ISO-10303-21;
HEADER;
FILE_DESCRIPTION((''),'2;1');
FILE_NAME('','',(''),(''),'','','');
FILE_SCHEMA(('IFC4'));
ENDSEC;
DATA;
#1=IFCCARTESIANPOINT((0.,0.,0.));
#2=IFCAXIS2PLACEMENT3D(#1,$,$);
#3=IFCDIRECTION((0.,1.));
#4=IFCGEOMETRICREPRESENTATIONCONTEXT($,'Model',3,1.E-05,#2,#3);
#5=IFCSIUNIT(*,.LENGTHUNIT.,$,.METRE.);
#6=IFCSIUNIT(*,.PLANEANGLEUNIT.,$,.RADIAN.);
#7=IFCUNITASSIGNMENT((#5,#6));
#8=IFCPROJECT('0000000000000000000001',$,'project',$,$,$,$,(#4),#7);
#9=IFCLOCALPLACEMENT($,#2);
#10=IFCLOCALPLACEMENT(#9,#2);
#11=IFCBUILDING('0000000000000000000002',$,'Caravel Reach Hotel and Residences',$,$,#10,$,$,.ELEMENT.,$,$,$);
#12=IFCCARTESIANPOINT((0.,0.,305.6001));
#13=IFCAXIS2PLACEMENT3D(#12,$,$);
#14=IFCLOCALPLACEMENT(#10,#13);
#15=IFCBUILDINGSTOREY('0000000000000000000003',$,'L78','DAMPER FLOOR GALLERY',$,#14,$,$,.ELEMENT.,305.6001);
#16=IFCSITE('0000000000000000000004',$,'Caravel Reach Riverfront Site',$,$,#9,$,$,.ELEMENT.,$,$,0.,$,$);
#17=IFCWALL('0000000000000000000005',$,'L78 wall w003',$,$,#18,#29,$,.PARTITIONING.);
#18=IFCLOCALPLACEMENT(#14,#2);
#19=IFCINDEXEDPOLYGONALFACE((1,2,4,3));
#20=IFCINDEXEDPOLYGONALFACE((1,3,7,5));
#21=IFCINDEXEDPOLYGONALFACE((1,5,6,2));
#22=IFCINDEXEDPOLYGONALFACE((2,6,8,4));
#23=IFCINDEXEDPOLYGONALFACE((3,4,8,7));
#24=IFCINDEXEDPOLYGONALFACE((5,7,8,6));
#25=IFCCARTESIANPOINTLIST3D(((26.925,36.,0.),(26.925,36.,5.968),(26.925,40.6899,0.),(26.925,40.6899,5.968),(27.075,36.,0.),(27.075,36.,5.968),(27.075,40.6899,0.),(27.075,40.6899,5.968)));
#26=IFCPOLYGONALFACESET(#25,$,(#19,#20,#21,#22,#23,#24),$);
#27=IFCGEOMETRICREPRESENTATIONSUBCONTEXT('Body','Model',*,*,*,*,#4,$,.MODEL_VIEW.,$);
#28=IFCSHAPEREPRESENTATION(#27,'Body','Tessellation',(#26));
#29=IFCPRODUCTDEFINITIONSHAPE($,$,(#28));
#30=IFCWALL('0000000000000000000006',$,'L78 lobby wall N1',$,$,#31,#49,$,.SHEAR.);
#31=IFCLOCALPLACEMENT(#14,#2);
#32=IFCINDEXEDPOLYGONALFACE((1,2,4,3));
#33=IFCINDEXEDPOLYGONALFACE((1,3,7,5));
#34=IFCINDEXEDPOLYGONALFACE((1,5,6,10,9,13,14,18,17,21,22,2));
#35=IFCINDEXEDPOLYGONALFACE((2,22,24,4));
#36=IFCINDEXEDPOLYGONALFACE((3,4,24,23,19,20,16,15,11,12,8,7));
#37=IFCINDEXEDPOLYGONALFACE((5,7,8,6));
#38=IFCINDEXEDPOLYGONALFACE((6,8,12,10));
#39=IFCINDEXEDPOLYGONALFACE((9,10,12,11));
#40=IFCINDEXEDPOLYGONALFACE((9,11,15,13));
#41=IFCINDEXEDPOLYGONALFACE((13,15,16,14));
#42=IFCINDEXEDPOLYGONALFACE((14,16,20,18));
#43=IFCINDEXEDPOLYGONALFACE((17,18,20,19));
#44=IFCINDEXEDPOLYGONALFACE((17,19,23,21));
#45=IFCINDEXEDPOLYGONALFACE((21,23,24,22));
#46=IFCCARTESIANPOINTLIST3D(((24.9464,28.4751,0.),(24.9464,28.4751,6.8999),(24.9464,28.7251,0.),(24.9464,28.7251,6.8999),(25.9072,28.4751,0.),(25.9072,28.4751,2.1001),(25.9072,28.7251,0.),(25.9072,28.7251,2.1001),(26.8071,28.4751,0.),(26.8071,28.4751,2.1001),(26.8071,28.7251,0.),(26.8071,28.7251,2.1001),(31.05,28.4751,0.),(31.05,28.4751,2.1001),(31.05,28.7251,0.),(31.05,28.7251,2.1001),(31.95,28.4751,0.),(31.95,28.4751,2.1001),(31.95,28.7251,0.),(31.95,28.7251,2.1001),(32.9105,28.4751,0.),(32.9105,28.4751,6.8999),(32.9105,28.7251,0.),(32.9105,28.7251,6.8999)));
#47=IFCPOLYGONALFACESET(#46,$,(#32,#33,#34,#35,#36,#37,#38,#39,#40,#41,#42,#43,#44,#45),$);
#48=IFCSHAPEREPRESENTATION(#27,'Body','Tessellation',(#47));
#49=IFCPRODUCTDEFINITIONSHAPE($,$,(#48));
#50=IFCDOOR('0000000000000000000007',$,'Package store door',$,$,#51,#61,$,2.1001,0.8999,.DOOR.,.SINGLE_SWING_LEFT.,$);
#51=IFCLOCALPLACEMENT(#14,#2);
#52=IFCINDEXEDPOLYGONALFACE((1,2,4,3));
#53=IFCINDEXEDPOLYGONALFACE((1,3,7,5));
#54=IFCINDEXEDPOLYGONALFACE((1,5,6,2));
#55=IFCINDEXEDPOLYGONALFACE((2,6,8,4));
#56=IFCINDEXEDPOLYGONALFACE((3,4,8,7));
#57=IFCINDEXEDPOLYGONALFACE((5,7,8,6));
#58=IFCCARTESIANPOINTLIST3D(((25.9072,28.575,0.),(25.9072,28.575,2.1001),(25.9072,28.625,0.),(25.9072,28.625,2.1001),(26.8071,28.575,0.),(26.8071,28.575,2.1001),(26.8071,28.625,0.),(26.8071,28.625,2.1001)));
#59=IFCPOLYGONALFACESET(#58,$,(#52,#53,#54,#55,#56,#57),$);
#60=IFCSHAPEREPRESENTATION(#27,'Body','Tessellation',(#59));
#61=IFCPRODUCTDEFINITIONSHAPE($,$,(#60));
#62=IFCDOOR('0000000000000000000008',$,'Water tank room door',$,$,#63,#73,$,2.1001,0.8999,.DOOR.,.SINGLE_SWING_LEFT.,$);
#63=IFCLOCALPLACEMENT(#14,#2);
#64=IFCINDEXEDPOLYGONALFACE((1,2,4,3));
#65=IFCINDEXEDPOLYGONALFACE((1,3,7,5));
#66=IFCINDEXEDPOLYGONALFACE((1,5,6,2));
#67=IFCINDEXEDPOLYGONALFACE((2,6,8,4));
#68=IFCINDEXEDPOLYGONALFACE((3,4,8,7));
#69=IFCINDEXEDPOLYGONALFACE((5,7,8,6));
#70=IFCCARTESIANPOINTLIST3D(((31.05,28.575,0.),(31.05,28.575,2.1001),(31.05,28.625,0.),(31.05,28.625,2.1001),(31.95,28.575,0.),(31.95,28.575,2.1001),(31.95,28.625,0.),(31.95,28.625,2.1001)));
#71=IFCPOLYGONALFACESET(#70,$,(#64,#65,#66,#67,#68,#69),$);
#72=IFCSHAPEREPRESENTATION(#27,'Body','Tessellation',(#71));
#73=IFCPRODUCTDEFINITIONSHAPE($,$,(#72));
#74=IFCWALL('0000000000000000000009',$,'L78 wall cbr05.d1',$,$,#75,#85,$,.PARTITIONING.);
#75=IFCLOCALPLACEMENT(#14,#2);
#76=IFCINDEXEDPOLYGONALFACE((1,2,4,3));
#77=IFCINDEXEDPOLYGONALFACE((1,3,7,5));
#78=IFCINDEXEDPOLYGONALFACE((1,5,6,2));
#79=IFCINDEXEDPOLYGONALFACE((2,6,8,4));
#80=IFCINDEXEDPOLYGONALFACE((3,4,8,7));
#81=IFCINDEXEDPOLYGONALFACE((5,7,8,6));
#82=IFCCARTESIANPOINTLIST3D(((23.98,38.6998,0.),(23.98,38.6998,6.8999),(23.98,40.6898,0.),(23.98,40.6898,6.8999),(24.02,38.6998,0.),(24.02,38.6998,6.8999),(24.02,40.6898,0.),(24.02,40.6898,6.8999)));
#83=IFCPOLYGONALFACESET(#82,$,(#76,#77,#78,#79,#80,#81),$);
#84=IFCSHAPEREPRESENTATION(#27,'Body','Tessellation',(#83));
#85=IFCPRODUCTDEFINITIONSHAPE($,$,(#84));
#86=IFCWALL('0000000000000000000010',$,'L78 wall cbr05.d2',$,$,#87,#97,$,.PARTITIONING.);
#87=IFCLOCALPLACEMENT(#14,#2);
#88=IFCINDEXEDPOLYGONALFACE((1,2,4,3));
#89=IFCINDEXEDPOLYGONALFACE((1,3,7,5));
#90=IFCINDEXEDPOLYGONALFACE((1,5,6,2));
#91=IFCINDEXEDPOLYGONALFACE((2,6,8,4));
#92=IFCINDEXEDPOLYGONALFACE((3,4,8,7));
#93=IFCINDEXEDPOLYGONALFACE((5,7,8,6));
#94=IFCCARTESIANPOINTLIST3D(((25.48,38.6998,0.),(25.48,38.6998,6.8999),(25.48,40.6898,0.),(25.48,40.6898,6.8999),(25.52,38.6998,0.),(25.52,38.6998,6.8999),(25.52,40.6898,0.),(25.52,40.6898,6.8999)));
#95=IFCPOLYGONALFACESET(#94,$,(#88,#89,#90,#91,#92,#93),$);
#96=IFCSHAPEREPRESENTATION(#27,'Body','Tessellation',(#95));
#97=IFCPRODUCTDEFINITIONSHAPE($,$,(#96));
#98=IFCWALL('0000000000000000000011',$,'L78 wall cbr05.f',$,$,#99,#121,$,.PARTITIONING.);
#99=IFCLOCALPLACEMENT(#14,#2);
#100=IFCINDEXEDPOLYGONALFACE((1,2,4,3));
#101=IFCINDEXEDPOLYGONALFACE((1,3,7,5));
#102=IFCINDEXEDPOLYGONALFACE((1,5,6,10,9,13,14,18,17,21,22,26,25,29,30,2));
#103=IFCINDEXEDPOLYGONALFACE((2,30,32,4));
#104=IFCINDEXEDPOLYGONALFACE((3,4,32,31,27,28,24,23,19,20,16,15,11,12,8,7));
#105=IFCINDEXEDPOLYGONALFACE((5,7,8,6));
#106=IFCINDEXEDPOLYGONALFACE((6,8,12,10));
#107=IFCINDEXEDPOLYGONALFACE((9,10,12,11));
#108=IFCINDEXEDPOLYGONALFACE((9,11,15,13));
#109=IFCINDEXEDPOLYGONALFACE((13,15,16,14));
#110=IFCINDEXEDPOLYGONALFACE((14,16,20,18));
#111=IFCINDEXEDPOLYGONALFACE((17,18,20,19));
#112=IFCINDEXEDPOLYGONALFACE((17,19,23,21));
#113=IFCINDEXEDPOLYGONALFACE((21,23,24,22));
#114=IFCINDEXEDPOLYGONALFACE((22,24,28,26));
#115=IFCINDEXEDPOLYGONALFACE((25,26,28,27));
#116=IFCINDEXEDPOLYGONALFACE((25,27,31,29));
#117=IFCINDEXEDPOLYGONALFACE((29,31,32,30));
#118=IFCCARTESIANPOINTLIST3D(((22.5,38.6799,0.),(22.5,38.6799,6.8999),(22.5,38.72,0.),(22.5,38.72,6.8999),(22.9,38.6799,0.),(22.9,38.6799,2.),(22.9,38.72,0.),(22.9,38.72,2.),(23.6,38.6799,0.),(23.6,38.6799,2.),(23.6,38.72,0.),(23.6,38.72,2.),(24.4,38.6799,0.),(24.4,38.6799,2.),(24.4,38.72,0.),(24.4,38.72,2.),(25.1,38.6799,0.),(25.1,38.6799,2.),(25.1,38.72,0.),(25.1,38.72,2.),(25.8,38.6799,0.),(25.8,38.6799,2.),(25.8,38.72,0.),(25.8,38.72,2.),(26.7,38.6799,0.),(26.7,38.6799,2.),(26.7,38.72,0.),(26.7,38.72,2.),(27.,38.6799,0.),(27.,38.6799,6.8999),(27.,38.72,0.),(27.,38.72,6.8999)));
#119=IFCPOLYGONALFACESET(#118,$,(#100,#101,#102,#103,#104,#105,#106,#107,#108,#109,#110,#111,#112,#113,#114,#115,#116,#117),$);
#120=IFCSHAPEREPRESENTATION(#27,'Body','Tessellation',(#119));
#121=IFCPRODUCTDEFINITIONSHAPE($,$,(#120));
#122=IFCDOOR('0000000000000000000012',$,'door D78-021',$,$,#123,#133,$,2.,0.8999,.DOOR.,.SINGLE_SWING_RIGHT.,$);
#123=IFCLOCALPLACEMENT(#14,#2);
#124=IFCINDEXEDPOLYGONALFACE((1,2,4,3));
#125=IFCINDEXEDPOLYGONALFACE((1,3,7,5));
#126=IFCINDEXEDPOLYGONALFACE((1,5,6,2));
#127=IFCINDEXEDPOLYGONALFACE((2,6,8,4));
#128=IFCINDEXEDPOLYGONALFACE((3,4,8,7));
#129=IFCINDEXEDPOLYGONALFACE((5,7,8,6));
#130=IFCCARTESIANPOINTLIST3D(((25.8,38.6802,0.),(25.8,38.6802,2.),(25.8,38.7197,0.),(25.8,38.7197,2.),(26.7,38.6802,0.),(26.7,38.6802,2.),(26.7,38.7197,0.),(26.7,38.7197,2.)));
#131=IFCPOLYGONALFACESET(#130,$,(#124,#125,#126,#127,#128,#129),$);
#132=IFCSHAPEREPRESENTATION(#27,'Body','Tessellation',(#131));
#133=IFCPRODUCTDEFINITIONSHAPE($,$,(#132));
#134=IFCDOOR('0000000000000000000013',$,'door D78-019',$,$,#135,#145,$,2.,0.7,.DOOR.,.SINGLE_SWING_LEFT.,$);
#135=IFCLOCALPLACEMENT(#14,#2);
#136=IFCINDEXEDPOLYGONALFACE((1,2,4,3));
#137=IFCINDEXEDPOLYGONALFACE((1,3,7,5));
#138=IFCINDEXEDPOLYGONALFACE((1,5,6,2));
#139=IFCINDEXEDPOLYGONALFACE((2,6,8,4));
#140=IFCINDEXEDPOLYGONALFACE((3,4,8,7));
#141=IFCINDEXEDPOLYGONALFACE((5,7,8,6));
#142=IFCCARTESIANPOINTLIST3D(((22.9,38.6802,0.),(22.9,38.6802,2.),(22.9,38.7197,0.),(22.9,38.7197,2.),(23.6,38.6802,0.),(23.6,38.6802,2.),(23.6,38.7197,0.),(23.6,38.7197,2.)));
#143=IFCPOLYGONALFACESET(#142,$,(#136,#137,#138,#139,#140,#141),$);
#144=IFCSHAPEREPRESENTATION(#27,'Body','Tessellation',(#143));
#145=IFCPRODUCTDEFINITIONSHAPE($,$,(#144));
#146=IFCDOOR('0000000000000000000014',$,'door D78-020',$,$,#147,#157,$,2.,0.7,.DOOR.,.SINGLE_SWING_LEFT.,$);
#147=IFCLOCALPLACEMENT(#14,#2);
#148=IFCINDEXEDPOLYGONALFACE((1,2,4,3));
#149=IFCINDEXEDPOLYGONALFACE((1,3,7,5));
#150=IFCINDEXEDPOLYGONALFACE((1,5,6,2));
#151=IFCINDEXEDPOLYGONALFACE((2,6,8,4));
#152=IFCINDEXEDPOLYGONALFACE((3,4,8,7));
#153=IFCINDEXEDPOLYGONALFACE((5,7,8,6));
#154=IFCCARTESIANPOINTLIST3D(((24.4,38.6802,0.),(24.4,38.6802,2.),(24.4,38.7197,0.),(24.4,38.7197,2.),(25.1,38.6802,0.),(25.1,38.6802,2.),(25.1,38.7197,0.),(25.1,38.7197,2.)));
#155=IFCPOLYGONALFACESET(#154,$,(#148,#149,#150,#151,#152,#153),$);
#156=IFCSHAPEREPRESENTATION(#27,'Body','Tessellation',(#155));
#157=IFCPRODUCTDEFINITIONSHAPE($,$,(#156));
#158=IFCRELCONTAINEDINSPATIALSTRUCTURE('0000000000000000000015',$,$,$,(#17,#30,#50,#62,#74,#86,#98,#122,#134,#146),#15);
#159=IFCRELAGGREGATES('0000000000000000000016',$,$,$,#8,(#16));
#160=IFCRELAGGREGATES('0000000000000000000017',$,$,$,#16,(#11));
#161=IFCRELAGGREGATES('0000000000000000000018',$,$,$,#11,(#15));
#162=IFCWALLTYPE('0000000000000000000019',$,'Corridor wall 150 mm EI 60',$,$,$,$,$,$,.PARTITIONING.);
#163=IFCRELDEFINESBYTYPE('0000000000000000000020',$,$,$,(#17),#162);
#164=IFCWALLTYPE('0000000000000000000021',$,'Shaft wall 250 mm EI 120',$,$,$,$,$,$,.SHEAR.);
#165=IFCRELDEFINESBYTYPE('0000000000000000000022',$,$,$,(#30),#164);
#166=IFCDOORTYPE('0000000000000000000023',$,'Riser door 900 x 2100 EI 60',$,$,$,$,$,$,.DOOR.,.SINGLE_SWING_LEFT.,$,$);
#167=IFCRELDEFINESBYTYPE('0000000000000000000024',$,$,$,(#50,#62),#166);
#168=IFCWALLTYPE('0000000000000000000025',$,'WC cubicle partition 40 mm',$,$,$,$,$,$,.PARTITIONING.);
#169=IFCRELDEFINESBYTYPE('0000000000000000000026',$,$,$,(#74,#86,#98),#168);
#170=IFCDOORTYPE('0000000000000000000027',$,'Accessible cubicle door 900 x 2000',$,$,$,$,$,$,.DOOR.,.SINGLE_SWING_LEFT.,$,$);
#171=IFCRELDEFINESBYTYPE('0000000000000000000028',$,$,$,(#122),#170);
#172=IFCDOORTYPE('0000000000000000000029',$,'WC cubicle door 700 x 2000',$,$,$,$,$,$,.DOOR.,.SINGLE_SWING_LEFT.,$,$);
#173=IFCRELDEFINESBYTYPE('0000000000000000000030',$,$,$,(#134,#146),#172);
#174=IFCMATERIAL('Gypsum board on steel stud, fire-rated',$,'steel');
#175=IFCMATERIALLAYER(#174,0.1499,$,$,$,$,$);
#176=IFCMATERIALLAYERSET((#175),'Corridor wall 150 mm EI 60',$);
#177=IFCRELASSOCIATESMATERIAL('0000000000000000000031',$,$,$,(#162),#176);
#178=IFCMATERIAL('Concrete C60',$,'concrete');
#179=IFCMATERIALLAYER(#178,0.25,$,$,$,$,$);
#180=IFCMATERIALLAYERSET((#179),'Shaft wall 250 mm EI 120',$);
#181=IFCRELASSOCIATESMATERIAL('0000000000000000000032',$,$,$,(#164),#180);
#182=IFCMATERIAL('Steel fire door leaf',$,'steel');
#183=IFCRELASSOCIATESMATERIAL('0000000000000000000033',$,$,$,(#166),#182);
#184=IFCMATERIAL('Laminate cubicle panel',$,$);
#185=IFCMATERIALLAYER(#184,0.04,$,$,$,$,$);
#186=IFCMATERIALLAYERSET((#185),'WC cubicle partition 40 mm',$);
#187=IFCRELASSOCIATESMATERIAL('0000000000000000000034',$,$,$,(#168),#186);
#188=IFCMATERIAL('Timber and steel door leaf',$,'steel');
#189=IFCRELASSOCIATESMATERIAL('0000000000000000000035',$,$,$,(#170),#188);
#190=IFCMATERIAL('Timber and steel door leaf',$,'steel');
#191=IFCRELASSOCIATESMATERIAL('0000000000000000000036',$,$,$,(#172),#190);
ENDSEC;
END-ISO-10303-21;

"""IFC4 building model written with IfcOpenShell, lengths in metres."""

from ifc_helpers import new_model, si_unit, direction, frame, frame_2d, origin, place, context, subcontext, project, spatial, rectangle, extrude, material, layer, layer_set, type_object, element, fill, save


model = new_model("IFC4")

# Units and contexts
model_context = context("Model", 3, precision=1e-05, world=origin(), true_north=direction((0.0, 1.0)))
body_context = subcontext(model_context, "Body", "Model", "MODEL_VIEW")
ifc_project = project(units=[si_unit("LENGTHUNIT", "METRE"), si_unit("PLANEANGLEUNIT", "RADIAN")], contexts=[model_context])

# Site, building, storey
site_placement = place(None, origin())
site = spatial("IfcSite", under=ifc_project, at=site_placement, Name="Caravel Reach Riverfront Site", CompositionType="ELEMENT", RefElevation=0.0)
building_placement = place(site_placement, origin())
building = spatial("IfcBuilding", under=site, at=building_placement, Name="Caravel Reach Hotel and Residences", CompositionType="ELEMENT")
storey_placement = place(building_placement, frame((0.0, 0.0, 305.6001)))
storey = spatial("IfcBuildingStorey", under=building, at=storey_placement, Name="L78", Description="DAMPER FLOOR GALLERY", CompositionType="ELEMENT", Elevation=305.6001)

# Wall
ifc_material_1 = material(Name="Gypsum board on steel stud, fire-rated", Category="steel")
ifc_layer_1 = layer(ifc_material_1, 0.1499)
ifc_layer_set_1 = layer_set([ifc_layer_1], Name="Corridor wall 150 mm EI 60")
wall_type_1 = type_object("IfcWallType", Name="Corridor wall 150 mm EI 60", PredefinedType="PARTITIONING", material=ifc_layer_set_1)
wall_1_placement = place(storey_placement, frame((27.0, 36.0, 0.0), z_axis=(0.0, 0.0, 1.0), x_axis=(0.0, 1.0, 0.0)))
element("IfcWall", 1, at=wall_1_placement, inside=storey, type_object=wall_type_1, Name="L78 wall w003", PredefinedType="PARTITIONING", context=body_context, shape_type="SweptSolid", body=[
    extrude(rectangle(XDim=4.6899, YDim=0.1499, at=frame_2d((2.345, 0.0))), origin(), (0.0, 0.0, 1.0), 5.968),
])

# Wall, openings, doors
ifc_material_2 = material(Name="Concrete C60", Category="concrete")
ifc_layer_2 = layer(ifc_material_2, 0.25)
ifc_layer_set_2 = layer_set([ifc_layer_2], Name="Shaft wall 250 mm EI 120")
wall_type_2 = type_object("IfcWallType", Name="Shaft wall 250 mm EI 120", PredefinedType="SHEAR", material=ifc_layer_set_2)
wall_2_placement = place(storey_placement, frame((24.9465, 28.6001, 0.0), z_axis=(0.0, 0.0, 1.0), x_axis=(1.0, 0.0, 0.0)))
wall_2 = element("IfcWall", 2, at=wall_2_placement, inside=storey, type_object=wall_type_2, Name="L78 lobby wall N1", PredefinedType="SHEAR", context=body_context, shape_type="SweptSolid", body=[
    extrude(rectangle(XDim=7.9641, YDim=0.25, at=frame_2d((3.9819, 0.0))), origin(), (0.0, 0.0, 1.0), 6.8999),
])
opening_1_placement = place(wall_2_placement, frame((0.9607, 0.0, 0.0)))
opening_1 = element("IfcOpeningElement", 3, at=opening_1_placement, cuts=wall_2, PredefinedType="OPENING", context=body_context, shape_type="SweptSolid", body=[
    extrude(rectangle(XDim=0.8999, YDim=2.1001, at=frame_2d((0.45, 1.05))), frame((0.0, 0.135, 0.0), z_axis=(0.0, -1.0, 0.0), x_axis=(1.0, 0.0, 0.0)), (0.0, 0.0, 1.0), 0.27),
])
opening_2_placement = place(wall_2_placement, frame((6.1035, 0.0, 0.0)))
opening_2 = element("IfcOpeningElement", 4, at=opening_2_placement, cuts=wall_2, PredefinedType="OPENING", context=body_context, shape_type="SweptSolid", body=[
    extrude(rectangle(XDim=0.8999, YDim=2.1001, at=frame_2d((0.45, 1.05))), frame((0.0, 0.135, 0.0), z_axis=(0.0, -1.0, 0.0), x_axis=(1.0, 0.0, 0.0)), (0.0, 0.0, 1.0), 0.27),
])
ifc_material_3 = material(Name="Steel fire door leaf", Category="steel")
door_type_1 = type_object("IfcDoorType", Name="Riser door 900 x 2100 EI 60", OperationType="SINGLE_SWING_LEFT", PredefinedType="DOOR", material=ifc_material_3)
door_1_placement = place(opening_1_placement, origin())
door_1 = element("IfcDoor", 5, at=door_1_placement, inside=storey, type_object=door_type_1, Name="Package store door", OperationType="SINGLE_SWING_LEFT", OverallHeight=2.1001, OverallWidth=0.8999, PredefinedType="DOOR", context=body_context, shape_type="SweptSolid", body=[
    extrude(rectangle(XDim=0.8999, YDim=2.1001, at=frame_2d((0.45, 1.05))), frame((0.0, 0.0249, 0.0), z_axis=(0.0, -1.0, 0.0), x_axis=(1.0, 0.0, 0.0)), (0.0, 0.0, 1.0), 0.05),
])
fill(opening_1, door_1)
door_2_placement = place(opening_2_placement, origin())
door_2 = element("IfcDoor", 6, at=door_2_placement, inside=storey, type_object=door_type_1, Name="Water tank room door", OperationType="SINGLE_SWING_LEFT", OverallHeight=2.1001, OverallWidth=0.8999, PredefinedType="DOOR", context=body_context, shape_type="SweptSolid", body=[
    extrude(rectangle(XDim=0.8999, YDim=2.1001, at=frame_2d((0.45, 1.05))), frame((0.0, 0.0249, 0.0), z_axis=(0.0, -1.0, 0.0), x_axis=(1.0, 0.0, 0.0)), (0.0, 0.0, 1.0), 0.05),
])
fill(opening_2, door_2)

# Walls
ifc_material_4 = material(Name="Laminate cubicle panel")
ifc_layer_3 = layer(ifc_material_4, 0.04)
ifc_layer_set_3 = layer_set([ifc_layer_3], Name="WC cubicle partition 40 mm")
wall_type_3 = type_object("IfcWallType", Name="WC cubicle partition 40 mm", PredefinedType="PARTITIONING", material=ifc_layer_set_3)
for number, where, z_axis, x_axis, name in (
    (7, (24.0, 40.6899, 0.0), (0.0, 0.0, 1.0), (0.0, -1.0, 0.0), "L78 wall cbr05.d1"),
    (8, (25.5, 40.6899, 0.0), (0.0, 0.0, 1.0), (0.0, -1.0, 0.0), "L78 wall cbr05.d2"),
):
    element("IfcWall", number, at=place(storey_placement, frame(where, z_axis=z_axis, x_axis=x_axis)), inside=storey, type_object=wall_type_3, Name=name, PredefinedType="PARTITIONING", context=body_context, shape_type="SweptSolid", body=[
        extrude(rectangle(XDim=1.99, YDim=0.04, at=frame_2d((0.9951, 0.0))), origin(), (0.0, 0.0, 1.0), 6.8999),
    ])

# Wall, openings, doors
wall_3_placement = place(storey_placement, frame((22.5, 38.7, 0.0), z_axis=(0.0, 0.0, 1.0), x_axis=(1.0, 0.0, 0.0)))
wall_3 = element("IfcWall", 9, at=wall_3_placement, inside=storey, type_object=wall_type_3, Name="L78 wall cbr05.f", PredefinedType="PARTITIONING", context=body_context, shape_type="SweptSolid", body=[
    extrude(rectangle(XDim=4.5, YDim=0.04, at=frame_2d((2.25, 0.0))), origin(), (0.0, 0.0, 1.0), 6.8999),
])
opening_3_placement = place(wall_3_placement, frame((0.3999, 0.0, 0.0)))
opening_3 = element("IfcOpeningElement", 10, at=opening_3_placement, cuts=wall_3, PredefinedType="OPENING", context=body_context, shape_type="SweptSolid", body=[
    extrude(rectangle(XDim=0.7, YDim=2.0, at=frame_2d((0.3501, 1.0))), frame((0.0, 0.03, 0.0), z_axis=(0.0, -1.0, 0.0), x_axis=(1.0, 0.0, 0.0)), (0.0, 0.0, 1.0), 0.0601),
])
opening_4_placement = place(wall_3_placement, frame((1.8999, 0.0, 0.0)))
opening_4 = element("IfcOpeningElement", 11, at=opening_4_placement, cuts=wall_3, PredefinedType="OPENING", context=body_context, shape_type="SweptSolid", body=[
    extrude(rectangle(XDim=0.7, YDim=2.0, at=frame_2d((0.3501, 1.0))), frame((0.0, 0.03, 0.0), z_axis=(0.0, -1.0, 0.0), x_axis=(1.0, 0.0, 0.0)), (0.0, 0.0, 1.0), 0.0601),
])
opening_5_placement = place(wall_3_placement, frame((3.3, 0.0, 0.0)))
opening_5 = element("IfcOpeningElement", 12, at=opening_5_placement, cuts=wall_3, PredefinedType="OPENING", context=body_context, shape_type="SweptSolid", body=[
    extrude(rectangle(XDim=0.8999, YDim=2.0, at=frame_2d((0.45, 1.0))), frame((0.0, 0.03, 0.0), z_axis=(0.0, -1.0, 0.0), x_axis=(1.0, 0.0, 0.0)), (0.0, 0.0, 1.0), 0.0601),
])
ifc_material_5 = material(Name="Timber and steel door leaf", Category="steel")
door_type_2 = type_object("IfcDoorType", Name="Accessible cubicle door 900 x 2000", OperationType="SINGLE_SWING_LEFT", PredefinedType="DOOR", material=ifc_material_5)
door_3_placement = place(opening_5_placement, origin())
door_3 = element("IfcDoor", 13, at=door_3_placement, inside=storey, type_object=door_type_2, Name="door D78-021", OperationType="SINGLE_SWING_RIGHT", OverallHeight=2.0, OverallWidth=0.8999, PredefinedType="DOOR", context=body_context, shape_type="SweptSolid", body=[
    extrude(rectangle(XDim=0.8999, YDim=2.0, at=frame_2d((0.45, 1.0))), frame((0.0, 0.0198, 0.0), z_axis=(0.0, -1.0, 0.0), x_axis=(1.0, 0.0, 0.0)), (0.0, 0.0, 1.0), 0.0396),
])
fill(opening_5, door_3)
ifc_material_6 = material(Name="Timber and steel door leaf", Category="steel")
door_type_3 = type_object("IfcDoorType", Name="WC cubicle door 700 x 2000", OperationType="SINGLE_SWING_LEFT", PredefinedType="DOOR", material=ifc_material_6)
door_4_placement = place(opening_3_placement, origin())
door_4 = element("IfcDoor", 14, at=door_4_placement, inside=storey, type_object=door_type_3, Name="door D78-019", OperationType="SINGLE_SWING_LEFT", OverallHeight=2.0, OverallWidth=0.7, PredefinedType="DOOR", context=body_context, shape_type="SweptSolid", body=[
    extrude(rectangle(XDim=0.7, YDim=2.0, at=frame_2d((0.3501, 1.0))), frame((0.0, 0.0198, 0.0), z_axis=(0.0, -1.0, 0.0), x_axis=(1.0, 0.0, 0.0)), (0.0, 0.0, 1.0), 0.0396),
])
fill(opening_3, door_4)
door_5_placement = place(opening_4_placement, origin())
door_5 = element("IfcDoor", 15, at=door_5_placement, inside=storey, type_object=door_type_3, Name="door D78-020", OperationType="SINGLE_SWING_LEFT", OverallHeight=2.0, OverallWidth=0.7, PredefinedType="DOOR", context=body_context, shape_type="SweptSolid", body=[
    extrude(rectangle(XDim=0.7, YDim=2.0, at=frame_2d((0.3501, 1.0))), frame((0.0, 0.0198, 0.0), z_axis=(0.0, -1.0, 0.0), x_axis=(1.0, 0.0, 0.0)), (0.0, 0.0, 1.0), 0.0396),
])
fill(opening_4, door_5)

save(model, "model.ifc")
